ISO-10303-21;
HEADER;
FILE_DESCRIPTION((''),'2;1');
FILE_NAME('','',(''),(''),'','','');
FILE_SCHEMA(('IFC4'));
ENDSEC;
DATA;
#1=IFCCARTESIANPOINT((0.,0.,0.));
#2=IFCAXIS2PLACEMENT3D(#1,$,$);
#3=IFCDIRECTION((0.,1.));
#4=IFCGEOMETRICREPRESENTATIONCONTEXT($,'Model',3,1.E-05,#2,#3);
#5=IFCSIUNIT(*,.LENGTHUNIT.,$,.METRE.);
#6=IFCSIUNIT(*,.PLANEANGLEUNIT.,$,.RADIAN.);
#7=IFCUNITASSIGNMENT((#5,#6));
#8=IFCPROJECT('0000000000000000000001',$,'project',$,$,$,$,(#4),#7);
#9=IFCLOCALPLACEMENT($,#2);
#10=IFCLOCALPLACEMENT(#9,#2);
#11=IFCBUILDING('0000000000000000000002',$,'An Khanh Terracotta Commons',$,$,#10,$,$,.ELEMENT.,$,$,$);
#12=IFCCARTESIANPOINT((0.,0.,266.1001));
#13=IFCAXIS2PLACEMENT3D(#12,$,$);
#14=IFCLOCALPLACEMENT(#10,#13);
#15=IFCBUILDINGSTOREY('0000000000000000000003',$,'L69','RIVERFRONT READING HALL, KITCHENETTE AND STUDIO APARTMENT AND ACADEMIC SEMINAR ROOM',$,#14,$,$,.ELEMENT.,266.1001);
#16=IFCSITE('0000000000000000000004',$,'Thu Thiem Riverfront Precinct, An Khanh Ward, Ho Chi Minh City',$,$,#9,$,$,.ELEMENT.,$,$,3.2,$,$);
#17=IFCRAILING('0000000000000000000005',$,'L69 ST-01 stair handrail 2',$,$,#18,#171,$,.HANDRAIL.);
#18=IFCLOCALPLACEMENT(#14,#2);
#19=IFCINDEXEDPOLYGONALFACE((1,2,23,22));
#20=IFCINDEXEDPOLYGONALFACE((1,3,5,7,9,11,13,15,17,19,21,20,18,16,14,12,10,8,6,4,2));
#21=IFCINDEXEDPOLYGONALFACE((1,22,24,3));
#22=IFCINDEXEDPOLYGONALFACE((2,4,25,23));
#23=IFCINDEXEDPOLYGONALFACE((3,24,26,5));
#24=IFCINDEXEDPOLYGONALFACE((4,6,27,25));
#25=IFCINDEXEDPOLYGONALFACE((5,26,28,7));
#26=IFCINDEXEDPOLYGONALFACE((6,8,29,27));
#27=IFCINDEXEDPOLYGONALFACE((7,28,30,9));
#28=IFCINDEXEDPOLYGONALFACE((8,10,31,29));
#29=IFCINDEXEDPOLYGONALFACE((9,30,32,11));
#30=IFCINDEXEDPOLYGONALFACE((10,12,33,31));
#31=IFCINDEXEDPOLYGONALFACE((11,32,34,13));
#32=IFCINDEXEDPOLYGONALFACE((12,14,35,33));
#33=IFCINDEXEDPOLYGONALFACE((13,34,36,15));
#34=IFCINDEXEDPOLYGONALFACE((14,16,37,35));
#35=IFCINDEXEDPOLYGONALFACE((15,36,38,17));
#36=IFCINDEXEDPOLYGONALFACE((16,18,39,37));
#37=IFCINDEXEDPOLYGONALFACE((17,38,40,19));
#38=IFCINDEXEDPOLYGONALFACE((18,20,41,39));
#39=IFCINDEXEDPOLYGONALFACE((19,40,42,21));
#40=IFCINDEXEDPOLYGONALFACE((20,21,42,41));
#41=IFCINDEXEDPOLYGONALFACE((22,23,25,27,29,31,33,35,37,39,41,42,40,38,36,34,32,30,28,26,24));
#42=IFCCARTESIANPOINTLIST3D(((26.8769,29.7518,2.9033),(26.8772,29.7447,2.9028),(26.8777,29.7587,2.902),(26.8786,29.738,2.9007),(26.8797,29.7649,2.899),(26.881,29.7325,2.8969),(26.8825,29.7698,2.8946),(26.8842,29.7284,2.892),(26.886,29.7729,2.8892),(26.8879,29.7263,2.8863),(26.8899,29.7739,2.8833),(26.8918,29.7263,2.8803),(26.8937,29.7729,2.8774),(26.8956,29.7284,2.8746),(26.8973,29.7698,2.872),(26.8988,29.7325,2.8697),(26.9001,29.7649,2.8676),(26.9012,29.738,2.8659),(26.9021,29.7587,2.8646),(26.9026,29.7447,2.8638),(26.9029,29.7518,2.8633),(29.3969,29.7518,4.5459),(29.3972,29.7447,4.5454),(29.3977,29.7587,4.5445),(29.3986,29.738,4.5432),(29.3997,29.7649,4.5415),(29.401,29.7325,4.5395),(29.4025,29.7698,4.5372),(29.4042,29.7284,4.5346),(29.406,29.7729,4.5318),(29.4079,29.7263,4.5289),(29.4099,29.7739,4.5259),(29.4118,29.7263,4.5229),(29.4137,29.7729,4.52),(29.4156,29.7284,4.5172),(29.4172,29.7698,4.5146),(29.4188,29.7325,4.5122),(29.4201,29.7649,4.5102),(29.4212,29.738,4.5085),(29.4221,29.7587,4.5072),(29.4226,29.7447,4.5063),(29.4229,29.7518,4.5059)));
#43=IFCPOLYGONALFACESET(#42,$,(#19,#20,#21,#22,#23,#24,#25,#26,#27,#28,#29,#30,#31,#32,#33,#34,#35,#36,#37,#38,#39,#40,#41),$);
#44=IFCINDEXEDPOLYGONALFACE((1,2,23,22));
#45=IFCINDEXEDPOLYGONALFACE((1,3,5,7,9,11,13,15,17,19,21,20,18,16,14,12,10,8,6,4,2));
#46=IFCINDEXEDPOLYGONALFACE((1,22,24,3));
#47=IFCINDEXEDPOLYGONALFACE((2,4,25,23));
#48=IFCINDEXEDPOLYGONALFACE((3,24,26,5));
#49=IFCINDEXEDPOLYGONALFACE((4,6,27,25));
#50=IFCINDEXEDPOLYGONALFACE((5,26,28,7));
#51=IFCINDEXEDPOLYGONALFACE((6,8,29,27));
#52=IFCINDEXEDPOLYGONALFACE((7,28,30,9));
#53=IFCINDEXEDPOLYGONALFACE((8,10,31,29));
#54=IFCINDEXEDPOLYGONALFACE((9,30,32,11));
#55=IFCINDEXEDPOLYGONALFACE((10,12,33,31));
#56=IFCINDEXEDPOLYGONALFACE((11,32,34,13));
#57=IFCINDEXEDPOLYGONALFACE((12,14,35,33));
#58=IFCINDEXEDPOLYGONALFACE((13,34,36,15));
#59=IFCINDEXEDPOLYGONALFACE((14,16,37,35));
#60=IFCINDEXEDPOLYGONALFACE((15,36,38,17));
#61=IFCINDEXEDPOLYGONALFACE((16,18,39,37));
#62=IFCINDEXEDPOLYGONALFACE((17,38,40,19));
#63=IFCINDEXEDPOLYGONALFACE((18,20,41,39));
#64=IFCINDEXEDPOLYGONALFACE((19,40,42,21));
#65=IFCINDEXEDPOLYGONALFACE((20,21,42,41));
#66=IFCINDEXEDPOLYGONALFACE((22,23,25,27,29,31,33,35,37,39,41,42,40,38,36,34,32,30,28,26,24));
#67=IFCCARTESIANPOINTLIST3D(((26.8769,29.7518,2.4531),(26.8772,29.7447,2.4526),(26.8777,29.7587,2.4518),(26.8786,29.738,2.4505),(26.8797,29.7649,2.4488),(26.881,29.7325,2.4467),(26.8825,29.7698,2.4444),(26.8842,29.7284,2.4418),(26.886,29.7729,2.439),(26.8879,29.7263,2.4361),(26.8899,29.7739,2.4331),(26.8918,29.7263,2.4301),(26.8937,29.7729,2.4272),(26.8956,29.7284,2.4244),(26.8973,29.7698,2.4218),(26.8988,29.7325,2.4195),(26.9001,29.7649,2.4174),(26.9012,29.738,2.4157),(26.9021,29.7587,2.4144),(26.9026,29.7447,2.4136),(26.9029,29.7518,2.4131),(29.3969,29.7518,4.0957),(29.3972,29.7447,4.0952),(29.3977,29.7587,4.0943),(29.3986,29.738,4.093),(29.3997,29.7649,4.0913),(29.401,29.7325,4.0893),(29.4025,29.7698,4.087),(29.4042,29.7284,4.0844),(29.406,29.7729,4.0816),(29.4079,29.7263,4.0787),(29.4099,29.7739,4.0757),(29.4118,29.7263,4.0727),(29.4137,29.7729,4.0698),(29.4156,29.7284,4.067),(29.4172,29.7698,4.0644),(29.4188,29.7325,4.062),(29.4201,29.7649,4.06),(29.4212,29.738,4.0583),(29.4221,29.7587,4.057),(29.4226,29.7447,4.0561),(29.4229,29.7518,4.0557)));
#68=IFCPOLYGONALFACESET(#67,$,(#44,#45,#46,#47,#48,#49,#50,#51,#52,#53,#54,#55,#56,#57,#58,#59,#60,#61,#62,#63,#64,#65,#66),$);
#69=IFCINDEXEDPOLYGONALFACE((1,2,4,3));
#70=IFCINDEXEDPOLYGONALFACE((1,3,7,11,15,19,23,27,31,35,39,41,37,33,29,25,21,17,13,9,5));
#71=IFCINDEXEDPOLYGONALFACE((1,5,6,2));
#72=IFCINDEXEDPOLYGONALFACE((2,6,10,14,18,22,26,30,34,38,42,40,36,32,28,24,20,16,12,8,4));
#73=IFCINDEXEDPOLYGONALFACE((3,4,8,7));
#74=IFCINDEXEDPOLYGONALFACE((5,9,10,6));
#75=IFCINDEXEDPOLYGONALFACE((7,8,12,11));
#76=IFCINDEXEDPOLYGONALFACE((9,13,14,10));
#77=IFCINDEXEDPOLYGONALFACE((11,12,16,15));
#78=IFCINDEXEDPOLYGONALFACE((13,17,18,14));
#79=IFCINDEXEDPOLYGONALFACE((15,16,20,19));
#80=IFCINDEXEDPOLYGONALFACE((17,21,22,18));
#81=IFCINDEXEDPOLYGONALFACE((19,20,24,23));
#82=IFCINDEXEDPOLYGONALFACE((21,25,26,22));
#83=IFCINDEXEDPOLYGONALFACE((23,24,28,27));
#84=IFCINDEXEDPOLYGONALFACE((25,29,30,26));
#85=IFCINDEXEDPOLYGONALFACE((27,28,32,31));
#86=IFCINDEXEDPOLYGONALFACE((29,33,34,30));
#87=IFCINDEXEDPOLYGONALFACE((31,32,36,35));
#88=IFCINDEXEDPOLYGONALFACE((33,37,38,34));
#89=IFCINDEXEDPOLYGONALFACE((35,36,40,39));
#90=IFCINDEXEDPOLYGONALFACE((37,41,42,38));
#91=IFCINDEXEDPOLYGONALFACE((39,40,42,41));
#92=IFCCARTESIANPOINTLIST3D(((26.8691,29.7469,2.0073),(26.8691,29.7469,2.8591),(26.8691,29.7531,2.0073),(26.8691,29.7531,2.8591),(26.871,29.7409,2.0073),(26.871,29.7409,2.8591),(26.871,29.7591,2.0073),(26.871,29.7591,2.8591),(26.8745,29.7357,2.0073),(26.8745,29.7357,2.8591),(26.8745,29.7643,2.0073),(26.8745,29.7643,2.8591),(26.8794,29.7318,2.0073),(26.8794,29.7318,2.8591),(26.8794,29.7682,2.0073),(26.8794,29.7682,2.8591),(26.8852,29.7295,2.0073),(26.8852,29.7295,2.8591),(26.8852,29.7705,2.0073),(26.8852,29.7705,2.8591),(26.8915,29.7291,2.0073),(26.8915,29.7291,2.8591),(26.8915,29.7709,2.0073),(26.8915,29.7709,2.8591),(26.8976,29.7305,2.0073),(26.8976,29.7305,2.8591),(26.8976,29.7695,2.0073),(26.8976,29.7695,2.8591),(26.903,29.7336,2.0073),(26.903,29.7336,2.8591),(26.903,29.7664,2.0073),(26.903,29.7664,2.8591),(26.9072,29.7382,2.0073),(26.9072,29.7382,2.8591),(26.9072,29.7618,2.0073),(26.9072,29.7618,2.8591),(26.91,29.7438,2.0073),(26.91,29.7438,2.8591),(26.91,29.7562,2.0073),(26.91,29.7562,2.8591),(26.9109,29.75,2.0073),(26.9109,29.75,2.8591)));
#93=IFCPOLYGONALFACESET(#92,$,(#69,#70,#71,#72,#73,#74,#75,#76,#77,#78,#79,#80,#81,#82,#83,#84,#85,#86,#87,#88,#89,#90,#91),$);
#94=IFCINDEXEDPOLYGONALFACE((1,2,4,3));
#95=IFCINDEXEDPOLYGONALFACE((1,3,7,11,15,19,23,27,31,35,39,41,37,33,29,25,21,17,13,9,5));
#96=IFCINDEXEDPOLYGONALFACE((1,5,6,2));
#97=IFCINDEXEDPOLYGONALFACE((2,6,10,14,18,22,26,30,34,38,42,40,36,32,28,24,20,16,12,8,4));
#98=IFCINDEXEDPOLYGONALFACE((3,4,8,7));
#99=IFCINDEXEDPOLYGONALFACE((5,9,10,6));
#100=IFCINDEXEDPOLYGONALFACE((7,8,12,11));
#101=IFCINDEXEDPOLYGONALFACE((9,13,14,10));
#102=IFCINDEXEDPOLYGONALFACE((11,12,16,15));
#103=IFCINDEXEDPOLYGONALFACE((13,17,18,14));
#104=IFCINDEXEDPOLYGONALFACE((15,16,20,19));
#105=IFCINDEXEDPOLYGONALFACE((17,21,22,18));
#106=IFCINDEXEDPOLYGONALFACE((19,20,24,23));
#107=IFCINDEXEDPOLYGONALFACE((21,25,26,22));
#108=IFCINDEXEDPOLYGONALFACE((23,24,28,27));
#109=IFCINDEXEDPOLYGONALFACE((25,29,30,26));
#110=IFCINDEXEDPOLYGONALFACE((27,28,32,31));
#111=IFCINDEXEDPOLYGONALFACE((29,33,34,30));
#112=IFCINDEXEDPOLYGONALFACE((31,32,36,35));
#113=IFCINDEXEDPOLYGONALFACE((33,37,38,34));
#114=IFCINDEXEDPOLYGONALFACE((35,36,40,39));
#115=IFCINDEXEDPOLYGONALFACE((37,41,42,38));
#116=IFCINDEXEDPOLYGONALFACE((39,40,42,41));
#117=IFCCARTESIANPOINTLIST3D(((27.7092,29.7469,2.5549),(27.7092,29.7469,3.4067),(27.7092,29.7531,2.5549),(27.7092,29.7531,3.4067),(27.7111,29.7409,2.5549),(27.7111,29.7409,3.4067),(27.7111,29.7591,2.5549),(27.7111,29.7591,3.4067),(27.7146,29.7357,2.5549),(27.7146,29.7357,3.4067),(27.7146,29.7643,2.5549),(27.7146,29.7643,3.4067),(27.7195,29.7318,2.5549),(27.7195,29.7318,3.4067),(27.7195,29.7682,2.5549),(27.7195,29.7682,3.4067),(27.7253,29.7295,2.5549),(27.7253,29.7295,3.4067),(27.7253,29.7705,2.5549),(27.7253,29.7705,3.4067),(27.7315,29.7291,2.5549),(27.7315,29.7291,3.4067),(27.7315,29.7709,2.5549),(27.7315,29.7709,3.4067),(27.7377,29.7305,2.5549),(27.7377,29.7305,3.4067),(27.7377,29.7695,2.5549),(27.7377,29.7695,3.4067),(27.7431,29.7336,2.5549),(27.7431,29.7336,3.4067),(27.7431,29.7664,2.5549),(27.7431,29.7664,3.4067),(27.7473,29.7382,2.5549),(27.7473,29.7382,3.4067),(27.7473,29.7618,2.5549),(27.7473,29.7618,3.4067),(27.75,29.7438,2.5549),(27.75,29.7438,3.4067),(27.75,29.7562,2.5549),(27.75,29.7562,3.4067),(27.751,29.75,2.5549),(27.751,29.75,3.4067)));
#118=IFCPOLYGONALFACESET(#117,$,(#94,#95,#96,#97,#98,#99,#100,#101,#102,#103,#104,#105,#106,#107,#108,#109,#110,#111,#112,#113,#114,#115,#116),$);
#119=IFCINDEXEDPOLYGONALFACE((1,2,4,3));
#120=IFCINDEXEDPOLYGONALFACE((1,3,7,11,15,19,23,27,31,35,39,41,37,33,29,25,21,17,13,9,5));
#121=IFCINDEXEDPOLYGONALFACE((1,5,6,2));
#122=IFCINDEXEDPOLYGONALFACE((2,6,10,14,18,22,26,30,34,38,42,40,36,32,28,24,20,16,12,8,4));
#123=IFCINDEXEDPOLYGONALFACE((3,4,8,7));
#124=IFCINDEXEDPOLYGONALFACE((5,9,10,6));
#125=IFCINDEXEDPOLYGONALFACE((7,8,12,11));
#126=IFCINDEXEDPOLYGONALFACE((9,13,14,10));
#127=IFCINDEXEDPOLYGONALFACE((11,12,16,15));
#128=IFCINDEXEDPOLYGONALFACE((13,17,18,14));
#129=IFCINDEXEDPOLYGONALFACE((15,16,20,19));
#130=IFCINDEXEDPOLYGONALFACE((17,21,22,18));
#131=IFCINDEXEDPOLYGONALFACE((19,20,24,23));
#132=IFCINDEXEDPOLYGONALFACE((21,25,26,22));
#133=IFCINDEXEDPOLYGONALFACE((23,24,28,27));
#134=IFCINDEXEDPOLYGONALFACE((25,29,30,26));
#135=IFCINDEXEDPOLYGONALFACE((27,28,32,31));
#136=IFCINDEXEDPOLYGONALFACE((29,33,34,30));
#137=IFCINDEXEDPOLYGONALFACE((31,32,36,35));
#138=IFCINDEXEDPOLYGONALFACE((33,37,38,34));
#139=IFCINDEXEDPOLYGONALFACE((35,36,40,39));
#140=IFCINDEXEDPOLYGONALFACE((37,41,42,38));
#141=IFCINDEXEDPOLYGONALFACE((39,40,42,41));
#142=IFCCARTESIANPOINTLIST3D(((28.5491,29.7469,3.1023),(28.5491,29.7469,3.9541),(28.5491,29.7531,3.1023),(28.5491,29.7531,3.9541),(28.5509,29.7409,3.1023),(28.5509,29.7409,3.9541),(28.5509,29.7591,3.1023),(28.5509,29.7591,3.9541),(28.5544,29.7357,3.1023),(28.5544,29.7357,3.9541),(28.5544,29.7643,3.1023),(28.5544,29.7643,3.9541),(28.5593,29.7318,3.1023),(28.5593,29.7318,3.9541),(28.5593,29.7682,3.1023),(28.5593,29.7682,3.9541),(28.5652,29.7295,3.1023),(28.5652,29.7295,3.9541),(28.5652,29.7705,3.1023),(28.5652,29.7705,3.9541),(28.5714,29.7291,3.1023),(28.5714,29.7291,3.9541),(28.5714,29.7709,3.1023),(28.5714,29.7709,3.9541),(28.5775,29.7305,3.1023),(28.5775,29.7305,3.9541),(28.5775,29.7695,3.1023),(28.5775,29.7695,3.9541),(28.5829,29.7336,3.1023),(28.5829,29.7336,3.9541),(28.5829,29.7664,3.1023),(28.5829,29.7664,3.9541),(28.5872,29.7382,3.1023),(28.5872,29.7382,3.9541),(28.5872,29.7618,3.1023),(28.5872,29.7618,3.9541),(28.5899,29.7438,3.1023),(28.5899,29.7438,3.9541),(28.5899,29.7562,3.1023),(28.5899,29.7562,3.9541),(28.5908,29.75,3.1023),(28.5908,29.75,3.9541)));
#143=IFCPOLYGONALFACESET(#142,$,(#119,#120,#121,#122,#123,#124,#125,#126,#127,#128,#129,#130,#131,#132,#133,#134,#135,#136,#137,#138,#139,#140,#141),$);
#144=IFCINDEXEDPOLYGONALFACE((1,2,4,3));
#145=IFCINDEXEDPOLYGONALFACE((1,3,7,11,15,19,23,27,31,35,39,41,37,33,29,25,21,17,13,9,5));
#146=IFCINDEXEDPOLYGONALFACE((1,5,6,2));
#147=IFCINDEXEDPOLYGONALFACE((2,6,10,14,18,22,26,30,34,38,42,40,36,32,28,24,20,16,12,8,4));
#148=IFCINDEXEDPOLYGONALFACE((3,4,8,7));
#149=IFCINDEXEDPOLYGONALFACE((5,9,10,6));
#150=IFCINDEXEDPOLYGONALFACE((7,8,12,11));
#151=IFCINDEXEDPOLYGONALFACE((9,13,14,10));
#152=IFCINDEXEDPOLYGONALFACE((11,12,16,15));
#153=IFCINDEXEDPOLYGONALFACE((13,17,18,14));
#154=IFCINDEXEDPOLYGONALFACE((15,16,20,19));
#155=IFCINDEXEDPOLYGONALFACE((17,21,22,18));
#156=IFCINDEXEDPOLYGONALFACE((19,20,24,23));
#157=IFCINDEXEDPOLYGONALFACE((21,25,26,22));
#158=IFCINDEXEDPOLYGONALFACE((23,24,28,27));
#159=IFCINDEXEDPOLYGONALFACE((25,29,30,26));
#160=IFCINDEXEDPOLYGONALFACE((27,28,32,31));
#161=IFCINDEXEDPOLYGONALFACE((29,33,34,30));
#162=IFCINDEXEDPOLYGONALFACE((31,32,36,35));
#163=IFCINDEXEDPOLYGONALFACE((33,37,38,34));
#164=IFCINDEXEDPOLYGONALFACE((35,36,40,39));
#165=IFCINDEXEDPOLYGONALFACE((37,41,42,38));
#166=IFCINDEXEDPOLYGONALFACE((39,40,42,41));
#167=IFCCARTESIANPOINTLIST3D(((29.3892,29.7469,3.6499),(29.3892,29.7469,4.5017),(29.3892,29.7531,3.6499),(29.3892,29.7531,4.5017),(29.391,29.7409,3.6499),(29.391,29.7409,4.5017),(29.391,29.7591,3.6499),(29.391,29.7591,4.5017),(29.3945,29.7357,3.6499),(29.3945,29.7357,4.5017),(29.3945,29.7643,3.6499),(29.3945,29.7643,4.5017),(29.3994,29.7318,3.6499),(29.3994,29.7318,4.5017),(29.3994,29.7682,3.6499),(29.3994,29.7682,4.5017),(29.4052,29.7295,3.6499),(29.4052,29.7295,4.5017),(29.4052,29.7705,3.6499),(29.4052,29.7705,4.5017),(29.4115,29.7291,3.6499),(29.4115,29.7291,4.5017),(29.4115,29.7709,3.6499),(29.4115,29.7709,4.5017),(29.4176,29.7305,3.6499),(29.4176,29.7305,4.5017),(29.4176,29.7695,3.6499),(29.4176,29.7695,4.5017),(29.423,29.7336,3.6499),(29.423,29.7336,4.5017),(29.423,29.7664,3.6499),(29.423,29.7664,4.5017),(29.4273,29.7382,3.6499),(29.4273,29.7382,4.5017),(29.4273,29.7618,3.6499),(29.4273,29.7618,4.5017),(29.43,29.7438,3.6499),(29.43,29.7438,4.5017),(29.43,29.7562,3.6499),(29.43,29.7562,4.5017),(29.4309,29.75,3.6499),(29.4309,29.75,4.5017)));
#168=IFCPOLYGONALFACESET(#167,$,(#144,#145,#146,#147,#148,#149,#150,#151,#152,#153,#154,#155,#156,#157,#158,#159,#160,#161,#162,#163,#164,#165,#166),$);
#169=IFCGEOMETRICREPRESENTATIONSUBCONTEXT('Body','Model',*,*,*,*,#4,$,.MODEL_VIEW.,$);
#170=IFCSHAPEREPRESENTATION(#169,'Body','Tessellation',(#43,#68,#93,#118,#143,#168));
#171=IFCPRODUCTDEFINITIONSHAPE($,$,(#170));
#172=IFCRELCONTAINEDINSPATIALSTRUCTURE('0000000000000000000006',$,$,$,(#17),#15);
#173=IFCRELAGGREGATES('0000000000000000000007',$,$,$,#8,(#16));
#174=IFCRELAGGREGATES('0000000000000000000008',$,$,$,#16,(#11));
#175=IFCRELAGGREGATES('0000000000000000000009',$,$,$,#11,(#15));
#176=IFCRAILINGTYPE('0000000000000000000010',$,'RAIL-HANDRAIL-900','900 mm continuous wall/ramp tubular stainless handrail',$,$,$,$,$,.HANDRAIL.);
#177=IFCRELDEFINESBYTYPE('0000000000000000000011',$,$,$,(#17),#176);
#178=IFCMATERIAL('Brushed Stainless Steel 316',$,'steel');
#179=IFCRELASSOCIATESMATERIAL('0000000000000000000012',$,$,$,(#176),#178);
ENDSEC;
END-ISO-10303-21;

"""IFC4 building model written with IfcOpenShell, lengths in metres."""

from ifc_helpers import new_model, si_unit, direction, frame, origin, origin_2d, place, context, subcontext, project, spatial, circle, extrude, material, type_object, element, save


model = new_model("IFC4")

# Units and contexts
model_context = context("Model", 3, precision=1e-05, world=origin(), true_north=direction((0.0, 1.0)))
body_context = subcontext(model_context, "Body", "Model", "MODEL_VIEW")
ifc_project = project(units=[si_unit("LENGTHUNIT", "METRE"), si_unit("PLANEANGLEUNIT", "RADIAN")], contexts=[model_context])

# Site, building, storey
site_placement = place(None, origin())
site = spatial("IfcSite", under=ifc_project, at=site_placement, Name="Thu Thiem Riverfront Precinct, An Khanh Ward, Ho Chi Minh City", CompositionType="ELEMENT", RefElevation=3.2)
building_placement = place(site_placement, origin())
building = spatial("IfcBuilding", under=site, at=building_placement, Name="An Khanh Terracotta Commons", CompositionType="ELEMENT")
storey_placement = place(building_placement, frame((0.0, 0.0, 266.1001)))
storey = spatial("IfcBuildingStorey", under=building, at=storey_placement, Name="L69", Description="RIVERFRONT READING HALL, KITCHENETTE AND STUDIO APARTMENT AND ACADEMIC SEMINAR ROOM", CompositionType="ELEMENT", Elevation=266.1001)

# Railing
ifc_material_1 = material(Name="Brushed Stainless Steel 316", Category="steel")
railing_type_1 = type_object("IfcRailingType", Name="RAIL-HANDRAIL-900", Description="900 mm continuous wall/ramp tubular stainless handrail", PredefinedType="HANDRAIL", material=ifc_material_1)
railing_1_placement = place(storey_placement, frame((26.8899, 29.75, 2.0073)))
element("IfcRailing", 1, at=railing_1_placement, inside=storey, type_object=railing_type_1, Name="L69 ST-01 stair handrail 2", PredefinedType="HANDRAIL", context=body_context, shape_type="SweptSolid", body=[
    extrude(circle(Radius=0.0239, at=origin_2d()), frame((0.0, 0.0, 0.876), z_axis=(0.837749, 0.0, 0.546055), x_axis=(0.0, 1.0, 0.0)), (0.0, 0.0, 1.0), 3.0081),
    extrude(circle(Radius=0.0239, at=origin_2d()), frame((0.0, 0.0, 0.4258), z_axis=(0.837749, 0.0, 0.546055), x_axis=(0.0, 1.0, 0.0)), (0.0, 0.0, 1.0), 3.0081),
    extrude(circle(Radius=0.021, at=origin_2d()), origin(), (0.0, 0.0, 1.0), 0.8518),
    extrude(circle(Radius=0.021, at=origin_2d()), frame((0.8401, 0.0, 0.5476)), (0.0, 0.0, 1.0), 0.8518),
    extrude(circle(Radius=0.021, at=origin_2d()), frame((1.6799, 0.0, 1.095)), (0.0, 0.0, 1.0), 0.8518),
    extrude(circle(Radius=0.021, at=origin_2d()), frame((2.52, 0.0, 1.6426)), (0.0, 0.0, 1.0), 0.8518),
])

save(model, "model.ifc")
